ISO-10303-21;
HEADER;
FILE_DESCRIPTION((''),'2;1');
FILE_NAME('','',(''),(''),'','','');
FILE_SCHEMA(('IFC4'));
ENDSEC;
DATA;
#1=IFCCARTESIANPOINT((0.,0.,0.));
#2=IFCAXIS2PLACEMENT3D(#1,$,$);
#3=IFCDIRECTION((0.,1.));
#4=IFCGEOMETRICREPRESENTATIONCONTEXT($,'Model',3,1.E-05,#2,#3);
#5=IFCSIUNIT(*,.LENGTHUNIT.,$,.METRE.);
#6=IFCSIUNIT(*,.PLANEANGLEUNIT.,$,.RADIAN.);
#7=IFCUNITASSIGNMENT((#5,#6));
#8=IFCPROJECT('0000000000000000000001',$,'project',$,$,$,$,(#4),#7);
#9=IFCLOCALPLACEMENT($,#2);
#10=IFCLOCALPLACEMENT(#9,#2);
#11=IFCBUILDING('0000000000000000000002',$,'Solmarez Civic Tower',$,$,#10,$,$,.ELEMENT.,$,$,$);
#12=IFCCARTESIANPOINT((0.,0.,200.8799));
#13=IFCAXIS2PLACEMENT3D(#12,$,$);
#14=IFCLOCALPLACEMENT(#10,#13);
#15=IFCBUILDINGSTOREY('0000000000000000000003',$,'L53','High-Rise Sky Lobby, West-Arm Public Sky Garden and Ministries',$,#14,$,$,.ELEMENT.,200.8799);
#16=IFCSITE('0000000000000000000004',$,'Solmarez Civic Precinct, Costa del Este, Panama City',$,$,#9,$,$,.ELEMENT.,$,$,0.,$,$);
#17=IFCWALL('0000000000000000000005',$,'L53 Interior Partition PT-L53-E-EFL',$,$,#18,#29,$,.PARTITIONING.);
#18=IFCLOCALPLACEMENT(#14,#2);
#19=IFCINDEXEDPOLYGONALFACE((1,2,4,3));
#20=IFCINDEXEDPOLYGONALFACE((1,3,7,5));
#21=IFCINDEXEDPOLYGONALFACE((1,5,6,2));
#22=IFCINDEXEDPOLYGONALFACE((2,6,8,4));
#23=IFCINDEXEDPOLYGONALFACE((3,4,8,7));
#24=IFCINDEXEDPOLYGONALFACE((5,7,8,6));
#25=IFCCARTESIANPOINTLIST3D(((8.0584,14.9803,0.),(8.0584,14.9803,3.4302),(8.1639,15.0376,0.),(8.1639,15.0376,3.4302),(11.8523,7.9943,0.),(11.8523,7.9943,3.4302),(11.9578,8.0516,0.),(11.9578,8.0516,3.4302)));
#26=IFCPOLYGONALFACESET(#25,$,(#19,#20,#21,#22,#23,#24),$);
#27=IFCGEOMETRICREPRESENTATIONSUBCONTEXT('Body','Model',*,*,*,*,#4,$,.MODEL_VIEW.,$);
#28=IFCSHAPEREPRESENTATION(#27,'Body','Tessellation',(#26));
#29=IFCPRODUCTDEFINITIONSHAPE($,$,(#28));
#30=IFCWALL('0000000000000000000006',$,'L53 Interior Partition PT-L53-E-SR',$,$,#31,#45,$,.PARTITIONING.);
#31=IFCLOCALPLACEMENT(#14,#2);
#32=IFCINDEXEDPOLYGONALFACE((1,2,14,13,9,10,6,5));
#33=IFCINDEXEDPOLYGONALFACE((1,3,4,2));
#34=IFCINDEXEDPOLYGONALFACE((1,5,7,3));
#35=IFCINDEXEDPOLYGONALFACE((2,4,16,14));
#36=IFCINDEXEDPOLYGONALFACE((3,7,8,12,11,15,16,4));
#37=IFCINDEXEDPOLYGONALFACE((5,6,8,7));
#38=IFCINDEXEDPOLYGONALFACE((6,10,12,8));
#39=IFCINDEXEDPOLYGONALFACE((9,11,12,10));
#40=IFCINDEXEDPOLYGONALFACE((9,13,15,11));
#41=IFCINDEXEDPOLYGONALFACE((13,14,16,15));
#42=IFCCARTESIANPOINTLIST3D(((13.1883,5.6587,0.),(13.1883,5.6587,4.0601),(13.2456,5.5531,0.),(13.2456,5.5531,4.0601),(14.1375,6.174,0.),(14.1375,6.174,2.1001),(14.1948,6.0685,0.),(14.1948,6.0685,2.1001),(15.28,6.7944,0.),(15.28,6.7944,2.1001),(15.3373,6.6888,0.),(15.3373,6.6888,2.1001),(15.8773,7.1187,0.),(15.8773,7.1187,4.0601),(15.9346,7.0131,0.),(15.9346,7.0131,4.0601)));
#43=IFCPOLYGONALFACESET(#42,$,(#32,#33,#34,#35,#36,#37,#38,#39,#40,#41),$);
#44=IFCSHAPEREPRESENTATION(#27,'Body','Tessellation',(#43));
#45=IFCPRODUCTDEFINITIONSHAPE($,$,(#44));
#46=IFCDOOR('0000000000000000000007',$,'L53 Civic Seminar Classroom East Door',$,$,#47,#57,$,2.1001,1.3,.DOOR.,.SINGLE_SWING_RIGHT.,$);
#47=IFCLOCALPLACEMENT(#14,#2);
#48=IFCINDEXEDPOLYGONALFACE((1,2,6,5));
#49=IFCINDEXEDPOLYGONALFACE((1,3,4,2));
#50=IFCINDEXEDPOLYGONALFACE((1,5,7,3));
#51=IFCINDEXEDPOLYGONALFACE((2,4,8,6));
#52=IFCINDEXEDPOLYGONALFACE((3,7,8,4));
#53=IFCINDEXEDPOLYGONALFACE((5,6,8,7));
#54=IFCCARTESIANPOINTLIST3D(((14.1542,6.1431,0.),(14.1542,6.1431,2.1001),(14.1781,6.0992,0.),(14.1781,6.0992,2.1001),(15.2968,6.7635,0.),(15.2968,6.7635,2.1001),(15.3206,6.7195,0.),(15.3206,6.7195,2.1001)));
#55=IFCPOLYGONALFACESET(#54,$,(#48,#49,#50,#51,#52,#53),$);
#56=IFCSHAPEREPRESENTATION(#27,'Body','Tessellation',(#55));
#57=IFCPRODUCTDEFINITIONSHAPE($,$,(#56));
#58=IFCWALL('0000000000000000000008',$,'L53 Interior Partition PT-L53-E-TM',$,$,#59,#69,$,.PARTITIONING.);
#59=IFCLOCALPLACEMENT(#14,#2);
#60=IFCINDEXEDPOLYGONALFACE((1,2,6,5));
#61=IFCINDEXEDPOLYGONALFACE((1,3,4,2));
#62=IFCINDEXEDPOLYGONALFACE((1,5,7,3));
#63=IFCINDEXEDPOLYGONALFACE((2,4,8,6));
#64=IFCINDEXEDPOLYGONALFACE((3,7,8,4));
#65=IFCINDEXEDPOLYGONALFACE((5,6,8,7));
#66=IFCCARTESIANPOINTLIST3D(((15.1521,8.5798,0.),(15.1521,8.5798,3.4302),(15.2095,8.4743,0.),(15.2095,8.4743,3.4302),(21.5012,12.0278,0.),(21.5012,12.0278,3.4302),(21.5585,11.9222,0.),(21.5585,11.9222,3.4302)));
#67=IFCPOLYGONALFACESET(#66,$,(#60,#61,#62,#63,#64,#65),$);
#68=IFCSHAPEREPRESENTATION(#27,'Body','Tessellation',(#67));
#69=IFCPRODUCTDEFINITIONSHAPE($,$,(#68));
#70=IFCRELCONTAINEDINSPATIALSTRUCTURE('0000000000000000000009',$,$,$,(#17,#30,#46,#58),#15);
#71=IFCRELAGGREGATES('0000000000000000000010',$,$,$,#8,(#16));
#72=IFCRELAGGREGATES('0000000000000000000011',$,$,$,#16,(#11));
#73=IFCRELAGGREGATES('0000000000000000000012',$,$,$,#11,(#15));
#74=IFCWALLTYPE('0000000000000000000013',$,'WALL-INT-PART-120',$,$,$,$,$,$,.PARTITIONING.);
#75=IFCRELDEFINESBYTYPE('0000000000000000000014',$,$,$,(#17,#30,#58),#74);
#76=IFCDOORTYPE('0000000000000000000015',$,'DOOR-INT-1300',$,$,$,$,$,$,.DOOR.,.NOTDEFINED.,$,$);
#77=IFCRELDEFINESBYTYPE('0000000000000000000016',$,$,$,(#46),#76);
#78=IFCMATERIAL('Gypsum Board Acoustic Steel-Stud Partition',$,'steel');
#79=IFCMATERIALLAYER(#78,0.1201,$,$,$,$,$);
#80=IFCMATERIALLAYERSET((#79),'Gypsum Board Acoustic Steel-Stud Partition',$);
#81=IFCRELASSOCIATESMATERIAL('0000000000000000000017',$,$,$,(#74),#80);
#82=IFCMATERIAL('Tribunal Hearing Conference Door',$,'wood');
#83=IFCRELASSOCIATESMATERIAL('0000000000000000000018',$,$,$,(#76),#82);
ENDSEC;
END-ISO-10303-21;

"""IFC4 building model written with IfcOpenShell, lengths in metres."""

from ifc_helpers import new_model, si_unit, direction, frame, frame_2d, origin, place, context, subcontext, project, spatial, rectangle, extrude, material, layer, layer_set, type_object, element, fill, save


model = new_model("IFC4")

# Units and contexts
model_context = context("Model", 3, precision=1e-05, world=origin(), true_north=direction((0.0, 1.0)))
body_context = subcontext(model_context, "Body", "Model", "MODEL_VIEW")
ifc_project = project(units=[si_unit("LENGTHUNIT", "METRE"), si_unit("PLANEANGLEUNIT", "RADIAN")], contexts=[model_context])

# Site, building, storey
site_placement = place(None, origin())
site = spatial("IfcSite", under=ifc_project, at=site_placement, Name="Solmarez Civic Precinct, Costa del Este, Panama City", CompositionType="ELEMENT", RefElevation=0.0)
building_placement = place(site_placement, origin())
building = spatial("IfcBuilding", under=site, at=building_placement, Name="Solmarez Civic Tower", CompositionType="ELEMENT")
storey_placement = place(building_placement, frame((0.0, 0.0, 200.8799)))
storey = spatial("IfcBuildingStorey", under=building, at=storey_placement, Name="L53", Description="High-Rise Sky Lobby, West-Arm Public Sky Garden and Ministries", CompositionType="ELEMENT", Elevation=200.8799)

# Wall
ifc_material_1 = material(Name="Gypsum Board Acoustic Steel-Stud Partition", Category="steel")
ifc_layer_1 = layer(ifc_material_1, 0.1201)
ifc_layer_set_1 = layer_set([ifc_layer_1], Name="Gypsum Board Acoustic Steel-Stud Partition")
wall_type_1 = type_object("IfcWallType", Name="WALL-INT-PART-120", PredefinedType="PARTITIONING", material=ifc_layer_set_1)
wall_1_placement = place(storey_placement, frame((11.905, 8.0229, 0.0), z_axis=(0.0, 0.0, 1.0), x_axis=(-0.477238, 0.878774, 0.0)))
element("IfcWall", 1, at=wall_1_placement, inside=storey, type_object=wall_type_1, Name="L53 Interior Partition PT-L53-E-EFL", PredefinedType="PARTITIONING", context=body_context, shape_type="SweptSolid", body=[
    extrude(rectangle(XDim=7.9497, YDim=0.1201, at=frame_2d((3.9749, 0.0))), origin(), (0.0, 0.0, 1.0), 3.4302),
])

# Wall, opening, door
wall_2_placement = place(storey_placement, frame((13.217, 5.606, 0.0), z_axis=(0.0, 0.0, 1.0), x_axis=(0.878821, 0.477152, 0.0)))
wall_2 = element("IfcWall", 2, at=wall_2_placement, inside=storey, type_object=wall_type_1, Name="L53 Interior Partition PT-L53-E-SR", PredefinedType="PARTITIONING", context=body_context, shape_type="SweptSolid", body=[
    extrude(rectangle(XDim=3.0598, YDim=0.1201, at=frame_2d((1.5298, 0.0))), origin(), (0.0, 0.0, 1.0), 4.0601),
])
opening_1_placement = place(wall_2_placement, frame((1.0801, 0.0, 0.0)))
opening_1 = element("IfcOpeningElement", 3, at=opening_1_placement, cuts=wall_2, PredefinedType="OPENING", context=body_context, shape_type="SweptSolid", body=[
    extrude(rectangle(XDim=1.3, YDim=2.1001, at=frame_2d((0.6499, 1.05))), frame((0.0, 0.0701, 0.0), z_axis=(0.0, -1.0, 0.0), x_axis=(1.0, 0.0, 0.0)), (0.0, 0.0, 1.0), 0.1401),
])
ifc_material_2 = material(Name="Tribunal Hearing Conference Door", Category="wood")
door_type = type_object("IfcDoorType", Name="DOOR-INT-1300", OperationType="NOTDEFINED", PredefinedType="DOOR", material=ifc_material_2)
door_placement = place(opening_1_placement, origin())
door = element("IfcDoor", 4, at=door_placement, inside=storey, type_object=door_type, Name="L53 Civic Seminar Classroom East Door", OperationType="SINGLE_SWING_RIGHT", OverallHeight=2.1001, OverallWidth=1.3, PredefinedType="DOOR", context=body_context, shape_type="SweptSolid", body=[
    extrude(rectangle(XDim=1.3, YDim=2.1001, at=frame_2d((0.6499, 1.05))), frame((0.0, 0.0249, 0.0), z_axis=(0.0, -1.0, 0.0), x_axis=(1.0, 0.0, 0.0)), (0.0, 0.0, 1.0), 0.05),
])
fill(opening_1, door)

# Wall
wall_3_placement = place(storey_placement, frame((15.1809, 8.5271, 0.0), z_axis=(0.0, 0.0, 1.0), x_axis=(0.878776, 0.477234, 0.0)))
element("IfcWall", 5, at=wall_3_placement, inside=storey, type_object=wall_type_1, Name="L53 Interior Partition PT-L53-E-TM", PredefinedType="PARTITIONING", context=body_context, shape_type="SweptSolid", body=[
    extrude(rectangle(XDim=7.2249, YDim=0.1201, at=frame_2d((3.6123, 0.0))), origin(), (0.0, 0.0, 1.0), 3.4302),
])

save(model, "model.ifc")
